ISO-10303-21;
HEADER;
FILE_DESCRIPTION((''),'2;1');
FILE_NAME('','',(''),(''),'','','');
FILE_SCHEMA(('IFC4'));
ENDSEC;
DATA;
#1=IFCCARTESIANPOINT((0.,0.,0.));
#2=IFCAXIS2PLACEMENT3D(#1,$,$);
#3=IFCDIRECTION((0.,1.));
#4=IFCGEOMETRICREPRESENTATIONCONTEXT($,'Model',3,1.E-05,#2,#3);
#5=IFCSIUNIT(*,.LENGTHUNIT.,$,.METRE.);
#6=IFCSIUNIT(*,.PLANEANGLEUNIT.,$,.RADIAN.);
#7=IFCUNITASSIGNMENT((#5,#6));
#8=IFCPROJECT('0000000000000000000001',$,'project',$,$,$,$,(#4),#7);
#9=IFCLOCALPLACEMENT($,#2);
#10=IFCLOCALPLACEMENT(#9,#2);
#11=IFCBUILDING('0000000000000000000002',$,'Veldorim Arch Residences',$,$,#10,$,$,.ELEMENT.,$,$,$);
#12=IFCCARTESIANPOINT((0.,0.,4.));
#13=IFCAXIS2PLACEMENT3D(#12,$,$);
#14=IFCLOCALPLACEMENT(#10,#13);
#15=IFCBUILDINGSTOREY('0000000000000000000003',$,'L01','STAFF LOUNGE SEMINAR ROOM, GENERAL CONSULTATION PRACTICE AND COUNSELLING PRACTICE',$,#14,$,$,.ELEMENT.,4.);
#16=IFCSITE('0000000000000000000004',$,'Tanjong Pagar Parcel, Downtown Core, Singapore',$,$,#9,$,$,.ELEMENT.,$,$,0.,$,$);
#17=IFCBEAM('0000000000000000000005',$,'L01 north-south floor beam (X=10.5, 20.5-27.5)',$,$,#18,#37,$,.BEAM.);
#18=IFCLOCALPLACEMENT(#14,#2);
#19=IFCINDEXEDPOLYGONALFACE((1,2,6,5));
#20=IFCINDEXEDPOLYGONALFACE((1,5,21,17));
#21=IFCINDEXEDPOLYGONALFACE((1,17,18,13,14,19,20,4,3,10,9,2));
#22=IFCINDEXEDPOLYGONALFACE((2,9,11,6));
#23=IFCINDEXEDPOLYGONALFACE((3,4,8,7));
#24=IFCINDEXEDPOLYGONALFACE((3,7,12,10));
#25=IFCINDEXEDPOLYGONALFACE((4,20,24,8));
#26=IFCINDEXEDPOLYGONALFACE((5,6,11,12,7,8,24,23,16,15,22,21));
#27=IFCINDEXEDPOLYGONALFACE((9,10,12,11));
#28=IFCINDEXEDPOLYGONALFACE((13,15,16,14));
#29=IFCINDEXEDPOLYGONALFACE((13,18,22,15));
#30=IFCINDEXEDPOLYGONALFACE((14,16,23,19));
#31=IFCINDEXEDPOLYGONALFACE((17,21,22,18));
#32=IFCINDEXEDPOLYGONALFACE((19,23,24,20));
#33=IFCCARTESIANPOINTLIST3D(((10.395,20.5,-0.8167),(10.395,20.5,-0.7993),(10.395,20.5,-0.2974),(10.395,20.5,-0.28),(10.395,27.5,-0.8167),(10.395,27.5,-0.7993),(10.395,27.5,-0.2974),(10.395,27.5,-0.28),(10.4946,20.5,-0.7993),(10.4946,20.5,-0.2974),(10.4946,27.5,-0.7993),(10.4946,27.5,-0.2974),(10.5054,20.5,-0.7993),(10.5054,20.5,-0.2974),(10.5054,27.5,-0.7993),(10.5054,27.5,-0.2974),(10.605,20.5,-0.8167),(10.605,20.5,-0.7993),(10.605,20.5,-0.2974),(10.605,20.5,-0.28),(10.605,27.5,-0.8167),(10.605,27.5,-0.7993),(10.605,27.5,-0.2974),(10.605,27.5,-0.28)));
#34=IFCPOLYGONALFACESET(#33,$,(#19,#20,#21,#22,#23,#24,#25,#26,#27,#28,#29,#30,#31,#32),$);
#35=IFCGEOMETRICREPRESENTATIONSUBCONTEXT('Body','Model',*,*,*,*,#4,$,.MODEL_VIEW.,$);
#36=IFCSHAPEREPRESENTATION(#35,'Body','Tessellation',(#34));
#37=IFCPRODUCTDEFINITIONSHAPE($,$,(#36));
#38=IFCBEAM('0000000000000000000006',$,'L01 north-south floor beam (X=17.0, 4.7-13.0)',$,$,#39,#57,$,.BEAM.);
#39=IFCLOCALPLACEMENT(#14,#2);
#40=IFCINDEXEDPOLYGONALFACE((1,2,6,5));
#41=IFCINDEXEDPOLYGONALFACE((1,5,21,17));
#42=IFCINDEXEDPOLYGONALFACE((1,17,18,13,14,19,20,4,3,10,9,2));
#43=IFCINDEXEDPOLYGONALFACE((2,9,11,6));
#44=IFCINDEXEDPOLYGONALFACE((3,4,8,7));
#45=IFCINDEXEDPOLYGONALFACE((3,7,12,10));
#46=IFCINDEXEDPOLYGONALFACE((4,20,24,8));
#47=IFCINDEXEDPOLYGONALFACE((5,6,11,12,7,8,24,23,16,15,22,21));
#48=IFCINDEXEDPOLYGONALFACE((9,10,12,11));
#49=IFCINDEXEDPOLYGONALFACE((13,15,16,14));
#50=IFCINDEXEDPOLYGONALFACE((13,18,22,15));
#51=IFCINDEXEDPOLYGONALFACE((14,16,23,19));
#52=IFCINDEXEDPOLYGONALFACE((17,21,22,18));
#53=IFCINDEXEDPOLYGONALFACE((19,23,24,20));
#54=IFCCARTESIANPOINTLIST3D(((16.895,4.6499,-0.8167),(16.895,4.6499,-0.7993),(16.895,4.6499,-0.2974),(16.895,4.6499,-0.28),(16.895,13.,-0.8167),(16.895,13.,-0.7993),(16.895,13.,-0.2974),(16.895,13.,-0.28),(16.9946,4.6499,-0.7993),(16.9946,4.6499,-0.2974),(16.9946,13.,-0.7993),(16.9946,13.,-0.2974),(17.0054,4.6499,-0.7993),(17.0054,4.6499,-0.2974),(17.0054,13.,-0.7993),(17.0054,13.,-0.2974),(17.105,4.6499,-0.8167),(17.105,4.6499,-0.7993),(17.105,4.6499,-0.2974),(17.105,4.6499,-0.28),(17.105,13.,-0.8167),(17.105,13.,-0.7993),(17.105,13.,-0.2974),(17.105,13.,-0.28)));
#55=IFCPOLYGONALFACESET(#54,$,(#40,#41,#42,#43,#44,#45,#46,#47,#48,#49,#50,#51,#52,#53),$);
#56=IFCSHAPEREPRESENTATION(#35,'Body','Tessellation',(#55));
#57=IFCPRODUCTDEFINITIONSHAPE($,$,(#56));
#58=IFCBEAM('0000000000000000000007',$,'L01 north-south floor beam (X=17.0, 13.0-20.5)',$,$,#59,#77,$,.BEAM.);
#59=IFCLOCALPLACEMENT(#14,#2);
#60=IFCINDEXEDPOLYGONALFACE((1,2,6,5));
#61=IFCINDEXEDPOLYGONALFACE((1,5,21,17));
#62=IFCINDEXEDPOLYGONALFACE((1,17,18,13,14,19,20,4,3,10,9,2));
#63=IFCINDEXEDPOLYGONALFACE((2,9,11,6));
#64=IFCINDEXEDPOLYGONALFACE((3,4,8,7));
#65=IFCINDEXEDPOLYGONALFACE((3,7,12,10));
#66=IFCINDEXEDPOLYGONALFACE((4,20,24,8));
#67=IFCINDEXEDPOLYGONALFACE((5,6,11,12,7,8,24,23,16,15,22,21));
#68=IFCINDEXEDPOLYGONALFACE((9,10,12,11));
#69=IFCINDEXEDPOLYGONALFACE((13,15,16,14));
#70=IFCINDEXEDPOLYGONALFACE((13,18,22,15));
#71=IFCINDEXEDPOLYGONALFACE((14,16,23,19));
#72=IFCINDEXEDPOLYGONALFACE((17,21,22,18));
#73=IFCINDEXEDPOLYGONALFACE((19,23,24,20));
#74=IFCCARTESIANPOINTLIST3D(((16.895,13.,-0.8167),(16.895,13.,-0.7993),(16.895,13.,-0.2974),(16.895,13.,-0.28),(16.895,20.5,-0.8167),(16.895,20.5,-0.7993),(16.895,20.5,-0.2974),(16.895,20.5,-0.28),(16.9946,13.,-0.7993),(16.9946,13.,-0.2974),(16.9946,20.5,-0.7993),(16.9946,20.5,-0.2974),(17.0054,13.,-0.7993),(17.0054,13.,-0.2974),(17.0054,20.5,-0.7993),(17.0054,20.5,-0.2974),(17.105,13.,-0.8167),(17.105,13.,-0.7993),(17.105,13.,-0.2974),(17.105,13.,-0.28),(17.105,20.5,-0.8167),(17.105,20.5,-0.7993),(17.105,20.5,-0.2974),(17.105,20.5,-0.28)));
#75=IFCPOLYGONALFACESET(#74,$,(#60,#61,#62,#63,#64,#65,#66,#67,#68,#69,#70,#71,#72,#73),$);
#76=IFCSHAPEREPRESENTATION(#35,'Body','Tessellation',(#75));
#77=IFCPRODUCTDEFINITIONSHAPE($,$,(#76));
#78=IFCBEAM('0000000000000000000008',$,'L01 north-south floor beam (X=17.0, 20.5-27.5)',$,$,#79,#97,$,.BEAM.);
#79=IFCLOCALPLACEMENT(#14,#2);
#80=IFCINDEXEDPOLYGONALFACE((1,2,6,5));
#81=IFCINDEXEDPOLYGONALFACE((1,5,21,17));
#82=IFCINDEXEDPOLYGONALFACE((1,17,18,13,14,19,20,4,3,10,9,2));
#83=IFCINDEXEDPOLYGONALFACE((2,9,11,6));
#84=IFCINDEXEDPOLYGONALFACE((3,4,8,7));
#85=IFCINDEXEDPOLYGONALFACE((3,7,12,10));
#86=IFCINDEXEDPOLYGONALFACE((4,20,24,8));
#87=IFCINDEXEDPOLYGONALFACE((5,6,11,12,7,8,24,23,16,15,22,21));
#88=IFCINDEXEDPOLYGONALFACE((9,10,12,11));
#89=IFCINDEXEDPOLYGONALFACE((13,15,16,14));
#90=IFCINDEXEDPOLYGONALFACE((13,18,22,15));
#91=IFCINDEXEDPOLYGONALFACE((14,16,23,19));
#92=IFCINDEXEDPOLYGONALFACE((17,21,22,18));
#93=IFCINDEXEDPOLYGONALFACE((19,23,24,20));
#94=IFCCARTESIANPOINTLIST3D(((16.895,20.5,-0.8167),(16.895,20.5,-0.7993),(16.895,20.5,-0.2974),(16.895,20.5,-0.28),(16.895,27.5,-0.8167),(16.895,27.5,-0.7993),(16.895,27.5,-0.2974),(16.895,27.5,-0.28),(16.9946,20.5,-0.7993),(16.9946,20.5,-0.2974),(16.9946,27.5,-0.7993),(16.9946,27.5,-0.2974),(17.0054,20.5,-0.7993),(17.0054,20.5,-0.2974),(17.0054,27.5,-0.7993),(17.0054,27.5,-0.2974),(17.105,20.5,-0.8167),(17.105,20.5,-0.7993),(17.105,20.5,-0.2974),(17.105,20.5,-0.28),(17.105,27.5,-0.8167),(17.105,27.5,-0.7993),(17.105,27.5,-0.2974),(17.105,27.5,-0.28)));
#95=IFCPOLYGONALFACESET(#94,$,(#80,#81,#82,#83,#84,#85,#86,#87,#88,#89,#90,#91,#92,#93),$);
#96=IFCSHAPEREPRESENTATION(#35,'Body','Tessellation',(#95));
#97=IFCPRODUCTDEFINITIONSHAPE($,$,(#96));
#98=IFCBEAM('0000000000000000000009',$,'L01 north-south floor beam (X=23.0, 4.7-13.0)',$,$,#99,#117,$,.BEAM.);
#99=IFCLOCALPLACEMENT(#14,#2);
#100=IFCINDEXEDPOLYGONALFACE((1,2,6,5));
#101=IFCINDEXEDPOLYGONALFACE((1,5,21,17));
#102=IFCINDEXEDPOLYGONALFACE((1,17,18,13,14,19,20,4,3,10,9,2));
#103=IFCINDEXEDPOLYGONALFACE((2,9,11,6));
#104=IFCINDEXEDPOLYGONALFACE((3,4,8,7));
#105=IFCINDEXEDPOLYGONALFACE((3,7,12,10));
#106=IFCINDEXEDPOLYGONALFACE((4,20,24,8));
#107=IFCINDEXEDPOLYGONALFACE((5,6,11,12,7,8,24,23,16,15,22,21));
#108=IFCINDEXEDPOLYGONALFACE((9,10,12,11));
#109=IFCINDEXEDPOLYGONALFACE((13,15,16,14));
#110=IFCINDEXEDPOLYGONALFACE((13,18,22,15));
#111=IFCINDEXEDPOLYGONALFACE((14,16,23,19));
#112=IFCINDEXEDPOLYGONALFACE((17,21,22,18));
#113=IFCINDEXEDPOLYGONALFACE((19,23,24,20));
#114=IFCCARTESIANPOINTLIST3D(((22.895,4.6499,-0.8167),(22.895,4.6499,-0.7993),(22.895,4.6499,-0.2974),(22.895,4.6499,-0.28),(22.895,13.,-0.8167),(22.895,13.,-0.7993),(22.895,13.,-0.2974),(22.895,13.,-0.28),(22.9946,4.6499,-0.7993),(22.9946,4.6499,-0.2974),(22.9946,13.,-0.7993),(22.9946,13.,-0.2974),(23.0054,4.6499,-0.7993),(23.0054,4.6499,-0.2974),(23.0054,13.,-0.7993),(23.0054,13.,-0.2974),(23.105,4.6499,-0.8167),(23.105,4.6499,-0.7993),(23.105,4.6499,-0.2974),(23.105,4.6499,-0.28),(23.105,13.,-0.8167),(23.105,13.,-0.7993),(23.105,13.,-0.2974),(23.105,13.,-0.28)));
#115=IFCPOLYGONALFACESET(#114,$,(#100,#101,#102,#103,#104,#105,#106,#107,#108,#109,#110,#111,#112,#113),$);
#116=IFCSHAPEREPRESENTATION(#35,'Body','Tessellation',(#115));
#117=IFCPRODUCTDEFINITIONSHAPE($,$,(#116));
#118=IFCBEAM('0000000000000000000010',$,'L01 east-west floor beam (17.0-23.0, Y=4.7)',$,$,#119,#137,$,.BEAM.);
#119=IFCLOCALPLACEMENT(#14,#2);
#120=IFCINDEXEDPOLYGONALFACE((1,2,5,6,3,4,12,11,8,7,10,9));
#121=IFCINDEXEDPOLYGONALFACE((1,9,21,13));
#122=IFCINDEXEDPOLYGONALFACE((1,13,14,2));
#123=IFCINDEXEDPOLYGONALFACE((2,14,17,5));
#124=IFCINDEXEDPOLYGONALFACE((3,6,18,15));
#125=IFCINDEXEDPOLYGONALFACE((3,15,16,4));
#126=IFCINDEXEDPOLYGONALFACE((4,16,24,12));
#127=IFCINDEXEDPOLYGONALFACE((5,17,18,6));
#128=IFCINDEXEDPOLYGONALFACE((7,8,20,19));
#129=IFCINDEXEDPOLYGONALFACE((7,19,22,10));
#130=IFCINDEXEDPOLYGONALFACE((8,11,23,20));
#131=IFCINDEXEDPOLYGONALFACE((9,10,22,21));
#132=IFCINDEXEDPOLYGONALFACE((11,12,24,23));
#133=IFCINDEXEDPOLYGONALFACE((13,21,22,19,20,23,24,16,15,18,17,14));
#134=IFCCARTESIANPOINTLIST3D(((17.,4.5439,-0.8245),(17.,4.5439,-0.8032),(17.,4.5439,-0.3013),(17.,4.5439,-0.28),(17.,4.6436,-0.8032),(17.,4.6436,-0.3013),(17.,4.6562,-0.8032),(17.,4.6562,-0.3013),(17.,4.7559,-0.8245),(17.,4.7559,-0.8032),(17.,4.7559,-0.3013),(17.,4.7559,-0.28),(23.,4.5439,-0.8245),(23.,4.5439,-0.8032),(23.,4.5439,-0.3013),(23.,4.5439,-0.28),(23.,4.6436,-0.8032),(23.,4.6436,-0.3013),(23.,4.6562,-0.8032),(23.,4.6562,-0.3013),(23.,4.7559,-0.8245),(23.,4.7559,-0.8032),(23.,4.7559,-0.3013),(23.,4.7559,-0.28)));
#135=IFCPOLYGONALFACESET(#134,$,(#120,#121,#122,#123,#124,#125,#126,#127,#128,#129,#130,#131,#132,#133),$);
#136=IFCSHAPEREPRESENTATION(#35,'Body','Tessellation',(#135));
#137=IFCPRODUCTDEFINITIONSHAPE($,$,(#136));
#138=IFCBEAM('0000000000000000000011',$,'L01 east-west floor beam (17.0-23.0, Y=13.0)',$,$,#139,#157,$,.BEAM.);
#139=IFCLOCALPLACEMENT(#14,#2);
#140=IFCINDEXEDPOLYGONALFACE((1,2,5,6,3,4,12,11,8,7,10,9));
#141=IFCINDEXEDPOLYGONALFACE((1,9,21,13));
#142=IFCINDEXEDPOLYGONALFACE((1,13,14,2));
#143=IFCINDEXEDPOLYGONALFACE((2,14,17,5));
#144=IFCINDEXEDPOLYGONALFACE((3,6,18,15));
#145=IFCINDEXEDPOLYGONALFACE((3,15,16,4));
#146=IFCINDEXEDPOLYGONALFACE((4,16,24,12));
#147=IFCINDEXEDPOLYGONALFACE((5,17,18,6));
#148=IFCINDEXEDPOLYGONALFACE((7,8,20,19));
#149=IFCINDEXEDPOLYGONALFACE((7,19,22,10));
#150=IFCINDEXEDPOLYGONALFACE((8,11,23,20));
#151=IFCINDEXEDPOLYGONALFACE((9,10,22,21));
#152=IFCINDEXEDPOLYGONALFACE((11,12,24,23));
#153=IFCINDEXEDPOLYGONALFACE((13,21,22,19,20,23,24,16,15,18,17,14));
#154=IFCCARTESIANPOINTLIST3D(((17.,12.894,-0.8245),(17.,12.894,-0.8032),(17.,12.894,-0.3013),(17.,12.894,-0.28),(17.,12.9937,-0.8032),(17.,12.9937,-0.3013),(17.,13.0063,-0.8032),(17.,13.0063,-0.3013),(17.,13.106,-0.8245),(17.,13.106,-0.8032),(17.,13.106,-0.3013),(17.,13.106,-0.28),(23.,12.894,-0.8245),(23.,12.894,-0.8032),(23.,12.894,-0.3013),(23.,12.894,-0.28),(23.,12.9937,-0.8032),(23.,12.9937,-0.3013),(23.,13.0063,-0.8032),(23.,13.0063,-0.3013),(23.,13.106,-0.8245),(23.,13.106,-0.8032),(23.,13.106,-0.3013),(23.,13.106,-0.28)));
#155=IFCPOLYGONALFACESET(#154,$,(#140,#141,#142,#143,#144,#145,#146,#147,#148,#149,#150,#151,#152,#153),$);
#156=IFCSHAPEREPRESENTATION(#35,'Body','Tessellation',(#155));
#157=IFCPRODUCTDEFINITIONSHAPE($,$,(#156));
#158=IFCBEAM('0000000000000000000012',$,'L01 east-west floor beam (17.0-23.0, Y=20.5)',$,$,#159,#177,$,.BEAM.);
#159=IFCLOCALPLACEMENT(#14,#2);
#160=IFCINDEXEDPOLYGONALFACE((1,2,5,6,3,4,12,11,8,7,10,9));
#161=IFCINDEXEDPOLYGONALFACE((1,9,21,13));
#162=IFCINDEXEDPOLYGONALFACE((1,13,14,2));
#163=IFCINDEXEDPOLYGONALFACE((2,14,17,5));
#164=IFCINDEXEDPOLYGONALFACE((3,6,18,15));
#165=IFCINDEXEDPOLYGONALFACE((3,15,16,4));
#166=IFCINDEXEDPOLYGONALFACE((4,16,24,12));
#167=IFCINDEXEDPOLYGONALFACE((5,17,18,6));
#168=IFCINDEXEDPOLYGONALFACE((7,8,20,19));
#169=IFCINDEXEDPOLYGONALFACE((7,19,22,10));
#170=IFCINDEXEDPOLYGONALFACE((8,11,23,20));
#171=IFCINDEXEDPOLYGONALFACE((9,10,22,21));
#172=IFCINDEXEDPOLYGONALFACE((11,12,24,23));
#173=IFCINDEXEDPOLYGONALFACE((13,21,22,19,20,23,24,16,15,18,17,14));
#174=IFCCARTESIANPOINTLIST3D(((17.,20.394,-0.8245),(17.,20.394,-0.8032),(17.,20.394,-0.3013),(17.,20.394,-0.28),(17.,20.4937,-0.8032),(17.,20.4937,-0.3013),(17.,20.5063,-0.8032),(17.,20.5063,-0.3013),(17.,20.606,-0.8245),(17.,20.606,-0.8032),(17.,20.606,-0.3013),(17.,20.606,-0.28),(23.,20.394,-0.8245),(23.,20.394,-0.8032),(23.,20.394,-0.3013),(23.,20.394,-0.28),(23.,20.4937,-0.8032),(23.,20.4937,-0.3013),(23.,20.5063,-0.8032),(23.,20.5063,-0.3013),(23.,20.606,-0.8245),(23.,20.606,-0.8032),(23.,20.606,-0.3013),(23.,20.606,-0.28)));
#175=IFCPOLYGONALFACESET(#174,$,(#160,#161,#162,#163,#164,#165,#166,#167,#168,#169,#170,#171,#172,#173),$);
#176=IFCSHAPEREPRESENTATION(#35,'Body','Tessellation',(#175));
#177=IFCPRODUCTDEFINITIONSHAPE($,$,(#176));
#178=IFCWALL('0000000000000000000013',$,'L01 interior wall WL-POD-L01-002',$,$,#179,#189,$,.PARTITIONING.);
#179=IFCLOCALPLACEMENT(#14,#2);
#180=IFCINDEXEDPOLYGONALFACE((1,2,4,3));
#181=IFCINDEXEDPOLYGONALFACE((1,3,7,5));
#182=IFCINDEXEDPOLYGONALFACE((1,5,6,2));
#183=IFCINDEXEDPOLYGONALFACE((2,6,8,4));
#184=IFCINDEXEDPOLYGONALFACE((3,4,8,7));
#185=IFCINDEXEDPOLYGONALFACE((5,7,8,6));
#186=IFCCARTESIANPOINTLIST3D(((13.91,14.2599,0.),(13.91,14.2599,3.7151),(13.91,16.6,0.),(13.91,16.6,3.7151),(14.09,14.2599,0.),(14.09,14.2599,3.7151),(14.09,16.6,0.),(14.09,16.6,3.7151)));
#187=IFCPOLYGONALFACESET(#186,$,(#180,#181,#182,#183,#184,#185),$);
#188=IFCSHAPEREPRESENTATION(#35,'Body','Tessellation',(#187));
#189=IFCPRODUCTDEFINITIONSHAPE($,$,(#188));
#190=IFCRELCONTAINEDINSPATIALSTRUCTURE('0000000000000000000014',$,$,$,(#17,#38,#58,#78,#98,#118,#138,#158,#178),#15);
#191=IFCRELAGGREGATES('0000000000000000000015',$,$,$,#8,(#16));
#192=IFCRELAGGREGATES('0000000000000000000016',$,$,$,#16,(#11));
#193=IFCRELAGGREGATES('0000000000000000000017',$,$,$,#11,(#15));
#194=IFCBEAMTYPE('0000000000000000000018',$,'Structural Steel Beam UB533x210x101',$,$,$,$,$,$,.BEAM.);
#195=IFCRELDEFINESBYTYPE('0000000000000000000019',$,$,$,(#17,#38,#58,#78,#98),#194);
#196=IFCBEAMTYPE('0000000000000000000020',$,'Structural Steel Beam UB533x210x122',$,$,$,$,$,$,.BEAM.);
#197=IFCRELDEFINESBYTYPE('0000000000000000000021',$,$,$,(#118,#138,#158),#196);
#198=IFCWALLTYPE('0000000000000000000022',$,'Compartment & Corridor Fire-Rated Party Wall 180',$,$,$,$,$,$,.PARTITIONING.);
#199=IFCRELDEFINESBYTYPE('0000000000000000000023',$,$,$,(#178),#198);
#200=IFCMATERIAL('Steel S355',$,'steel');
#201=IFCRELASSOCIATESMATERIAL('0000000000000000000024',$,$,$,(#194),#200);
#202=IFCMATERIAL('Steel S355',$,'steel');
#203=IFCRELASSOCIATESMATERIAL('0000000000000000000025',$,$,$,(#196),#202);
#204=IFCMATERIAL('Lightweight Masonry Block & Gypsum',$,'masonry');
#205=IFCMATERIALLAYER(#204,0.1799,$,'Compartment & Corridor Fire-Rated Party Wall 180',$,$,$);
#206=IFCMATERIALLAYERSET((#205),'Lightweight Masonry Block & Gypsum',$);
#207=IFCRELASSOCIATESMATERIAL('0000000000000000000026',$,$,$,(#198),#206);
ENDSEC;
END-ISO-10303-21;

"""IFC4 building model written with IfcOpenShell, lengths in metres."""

from ifc_helpers import new_model, si_unit, direction, frame, frame_2d, origin, origin_2d, place, context, subcontext, project, spatial, rectangle, i_section, extrude, material, layer, layer_set, material_profile, profile_set, type_object, element, save


model = new_model("IFC4")

# Units and contexts
model_context = context("Model", 3, precision=1e-05, world=origin(), true_north=direction((0.0, 1.0)))
body_context = subcontext(model_context, "Body", "Model", "MODEL_VIEW")
ifc_project = project(units=[si_unit("LENGTHUNIT", "METRE"), si_unit("PLANEANGLEUNIT", "RADIAN")], contexts=[model_context])

# Site, building, storey
site_placement = place(None, origin())
site = spatial("IfcSite", under=ifc_project, at=site_placement, Name="Tanjong Pagar Parcel, Downtown Core, Singapore", CompositionType="ELEMENT", RefElevation=0.0)
building_placement = place(site_placement, origin())
building = spatial("IfcBuilding", under=site, at=building_placement, Name="Veldorim Arch Residences", CompositionType="ELEMENT")
storey_placement = place(building_placement, frame((0.0, 0.0, 4.0)))
storey = spatial("IfcBuildingStorey", under=building, at=storey_placement, Name="L01", Description="STAFF LOUNGE SEMINAR ROOM, GENERAL CONSULTATION PRACTICE AND COUNSELLING PRACTICE", CompositionType="ELEMENT", Elevation=4.0)

# Beams
ifc_material_1 = material(Name="Steel S355", Category="steel")
ifc_material_profile_1 = material_profile(ifc_material_1, i_section(OverallWidth=0.21, OverallDepth=0.5366, WebThickness=0.0107, FlangeThickness=0.0173, at=origin_2d()), Name="UB533x210x101")
ifc_profile_set_1 = profile_set([ifc_material_profile_1], Name="Steel S355")
beam_type_1 = type_object("IfcBeamType", Name="Structural Steel Beam UB533x210x101", PredefinedType="BEAM", material=ifc_profile_set_1)
beam_1_placement = place(storey_placement, frame((10.5, 20.5, -0.5483), z_axis=(0.0, 1.0, 0.0), x_axis=(-1.0, 0.0, 0.0)))
element("IfcBeam", 1, at=beam_1_placement, inside=storey, type_object=beam_type_1, Name="L01 north-south floor beam (X=10.5, 20.5-27.5)", PredefinedType="BEAM", context=body_context, shape_type="SweptSolid", body=[
    extrude(i_section(OverallWidth=0.21, OverallDepth=0.5366, WebThickness=0.0107, FlangeThickness=0.0173, at=origin_2d()), origin(), (0.0, 0.0, 1.0), 7.0),
])
beam_2_placement = place(storey_placement, frame((17.0, 4.6499, -0.5483), z_axis=(0.0, 1.0, 0.0), x_axis=(-1.0, 0.0, 0.0)))
element("IfcBeam", 2, at=beam_2_placement, inside=storey, type_object=beam_type_1, Name="L01 north-south floor beam (X=17.0, 4.7-13.0)", PredefinedType="BEAM", context=body_context, shape_type="SweptSolid", body=[
    extrude(i_section(OverallWidth=0.21, OverallDepth=0.5366, WebThickness=0.0107, FlangeThickness=0.0173, at=origin_2d()), origin(), (0.0, 0.0, 1.0), 8.3501),
])
beam_3_placement = place(storey_placement, frame((17.0, 13.0, -0.5483), z_axis=(0.0, 1.0, 0.0), x_axis=(-1.0, 0.0, 0.0)))
element("IfcBeam", 3, at=beam_3_placement, inside=storey, type_object=beam_type_1, Name="L01 north-south floor beam (X=17.0, 13.0-20.5)", PredefinedType="BEAM", context=body_context, shape_type="SweptSolid", body=[
    extrude(i_section(OverallWidth=0.21, OverallDepth=0.5366, WebThickness=0.0107, FlangeThickness=0.0173, at=origin_2d()), origin(), (0.0, 0.0, 1.0), 7.5),
])
beam_4_placement = place(storey_placement, frame((17.0, 20.5, -0.5483), z_axis=(0.0, 1.0, 0.0), x_axis=(-1.0, 0.0, 0.0)))
element("IfcBeam", 4, at=beam_4_placement, inside=storey, type_object=beam_type_1, Name="L01 north-south floor beam (X=17.0, 20.5-27.5)", PredefinedType="BEAM", context=body_context, shape_type="SweptSolid", body=[
    extrude(i_section(OverallWidth=0.21, OverallDepth=0.5366, WebThickness=0.0107, FlangeThickness=0.0173, at=origin_2d()), origin(), (0.0, 0.0, 1.0), 7.0),
])
beam_5_placement = place(storey_placement, frame((23.0, 4.6499, -0.5483), z_axis=(0.0, 1.0, 0.0), x_axis=(-1.0, 0.0, 0.0)))
element("IfcBeam", 5, at=beam_5_placement, inside=storey, type_object=beam_type_1, Name="L01 north-south floor beam (X=23.0, 4.7-13.0)", PredefinedType="BEAM", context=body_context, shape_type="SweptSolid", body=[
    extrude(i_section(OverallWidth=0.21, OverallDepth=0.5366, WebThickness=0.0107, FlangeThickness=0.0173, at=origin_2d()), origin(), (0.0, 0.0, 1.0), 8.3501),
])
ifc_material_2 = material(Name="Steel S355", Category="steel")
ifc_material_profile_2 = material_profile(ifc_material_2, i_section(OverallWidth=0.2119, OverallDepth=0.5444, WebThickness=0.0127, FlangeThickness=0.0212, at=origin_2d()), Name="UB533x210x122")
ifc_profile_set_2 = profile_set([ifc_material_profile_2], Name="Steel S355")
beam_type_2 = type_object("IfcBeamType", Name="Structural Steel Beam UB533x210x122", PredefinedType="BEAM", material=ifc_profile_set_2)
for number, where, z_axis, x_axis, name in (
    (6, (17.0, 4.6499, -0.5522), (1.0, 0.0, 0.0), (0.0, 1.0, 0.0), "L01 east-west floor beam (17.0-23.0, Y=4.7)"),
    (7, (17.0, 13.0, -0.5522), (1.0, 0.0, 0.0), (0.0, 1.0, 0.0), "L01 east-west floor beam (17.0-23.0, Y=13.0)"),
    (8, (17.0, 20.5, -0.5522), (1.0, 0.0, 0.0), (0.0, 1.0, 0.0), "L01 east-west floor beam (17.0-23.0, Y=20.5)"),
):
    element("IfcBeam", number, at=place(storey_placement, frame(where, z_axis=z_axis, x_axis=x_axis)), inside=storey, type_object=beam_type_2, Name=name, PredefinedType="BEAM", context=body_context, shape_type="SweptSolid", body=[
        extrude(i_section(OverallWidth=0.2119, OverallDepth=0.5444, WebThickness=0.0127, FlangeThickness=0.0212, at=origin_2d()), origin(), (0.0, 0.0, 1.0), 6.0),
    ])

# Wall
ifc_material_3 = material(Name="Lightweight Masonry Block & Gypsum", Category="masonry")
ifc_layer_1 = layer(ifc_material_3, 0.1799, Name="Compartment & Corridor Fire-Rated Party Wall 180")
ifc_layer_set_1 = layer_set([ifc_layer_1], Name="Lightweight Masonry Block & Gypsum")
wall_type_1 = type_object("IfcWallType", Name="Compartment & Corridor Fire-Rated Party Wall 180", PredefinedType="PARTITIONING", material=ifc_layer_set_1)
wall_1_placement = place(storey_placement, frame((14.0, 14.26, 0.0), z_axis=(0.0, 0.0, 1.0), x_axis=(0.0, 1.0, 0.0)))
element("IfcWall", 9, at=wall_1_placement, inside=storey, type_object=wall_type_1, Name="L01 interior wall WL-POD-L01-002", PredefinedType="PARTITIONING", context=body_context, shape_type="SweptSolid", body=[
    extrude(rectangle(XDim=2.3401, YDim=0.1799, at=frame_2d((1.1699, 0.0))), origin(), (0.0, 0.0, 1.0), 3.7151),
])

save(model, "model.ifc")
